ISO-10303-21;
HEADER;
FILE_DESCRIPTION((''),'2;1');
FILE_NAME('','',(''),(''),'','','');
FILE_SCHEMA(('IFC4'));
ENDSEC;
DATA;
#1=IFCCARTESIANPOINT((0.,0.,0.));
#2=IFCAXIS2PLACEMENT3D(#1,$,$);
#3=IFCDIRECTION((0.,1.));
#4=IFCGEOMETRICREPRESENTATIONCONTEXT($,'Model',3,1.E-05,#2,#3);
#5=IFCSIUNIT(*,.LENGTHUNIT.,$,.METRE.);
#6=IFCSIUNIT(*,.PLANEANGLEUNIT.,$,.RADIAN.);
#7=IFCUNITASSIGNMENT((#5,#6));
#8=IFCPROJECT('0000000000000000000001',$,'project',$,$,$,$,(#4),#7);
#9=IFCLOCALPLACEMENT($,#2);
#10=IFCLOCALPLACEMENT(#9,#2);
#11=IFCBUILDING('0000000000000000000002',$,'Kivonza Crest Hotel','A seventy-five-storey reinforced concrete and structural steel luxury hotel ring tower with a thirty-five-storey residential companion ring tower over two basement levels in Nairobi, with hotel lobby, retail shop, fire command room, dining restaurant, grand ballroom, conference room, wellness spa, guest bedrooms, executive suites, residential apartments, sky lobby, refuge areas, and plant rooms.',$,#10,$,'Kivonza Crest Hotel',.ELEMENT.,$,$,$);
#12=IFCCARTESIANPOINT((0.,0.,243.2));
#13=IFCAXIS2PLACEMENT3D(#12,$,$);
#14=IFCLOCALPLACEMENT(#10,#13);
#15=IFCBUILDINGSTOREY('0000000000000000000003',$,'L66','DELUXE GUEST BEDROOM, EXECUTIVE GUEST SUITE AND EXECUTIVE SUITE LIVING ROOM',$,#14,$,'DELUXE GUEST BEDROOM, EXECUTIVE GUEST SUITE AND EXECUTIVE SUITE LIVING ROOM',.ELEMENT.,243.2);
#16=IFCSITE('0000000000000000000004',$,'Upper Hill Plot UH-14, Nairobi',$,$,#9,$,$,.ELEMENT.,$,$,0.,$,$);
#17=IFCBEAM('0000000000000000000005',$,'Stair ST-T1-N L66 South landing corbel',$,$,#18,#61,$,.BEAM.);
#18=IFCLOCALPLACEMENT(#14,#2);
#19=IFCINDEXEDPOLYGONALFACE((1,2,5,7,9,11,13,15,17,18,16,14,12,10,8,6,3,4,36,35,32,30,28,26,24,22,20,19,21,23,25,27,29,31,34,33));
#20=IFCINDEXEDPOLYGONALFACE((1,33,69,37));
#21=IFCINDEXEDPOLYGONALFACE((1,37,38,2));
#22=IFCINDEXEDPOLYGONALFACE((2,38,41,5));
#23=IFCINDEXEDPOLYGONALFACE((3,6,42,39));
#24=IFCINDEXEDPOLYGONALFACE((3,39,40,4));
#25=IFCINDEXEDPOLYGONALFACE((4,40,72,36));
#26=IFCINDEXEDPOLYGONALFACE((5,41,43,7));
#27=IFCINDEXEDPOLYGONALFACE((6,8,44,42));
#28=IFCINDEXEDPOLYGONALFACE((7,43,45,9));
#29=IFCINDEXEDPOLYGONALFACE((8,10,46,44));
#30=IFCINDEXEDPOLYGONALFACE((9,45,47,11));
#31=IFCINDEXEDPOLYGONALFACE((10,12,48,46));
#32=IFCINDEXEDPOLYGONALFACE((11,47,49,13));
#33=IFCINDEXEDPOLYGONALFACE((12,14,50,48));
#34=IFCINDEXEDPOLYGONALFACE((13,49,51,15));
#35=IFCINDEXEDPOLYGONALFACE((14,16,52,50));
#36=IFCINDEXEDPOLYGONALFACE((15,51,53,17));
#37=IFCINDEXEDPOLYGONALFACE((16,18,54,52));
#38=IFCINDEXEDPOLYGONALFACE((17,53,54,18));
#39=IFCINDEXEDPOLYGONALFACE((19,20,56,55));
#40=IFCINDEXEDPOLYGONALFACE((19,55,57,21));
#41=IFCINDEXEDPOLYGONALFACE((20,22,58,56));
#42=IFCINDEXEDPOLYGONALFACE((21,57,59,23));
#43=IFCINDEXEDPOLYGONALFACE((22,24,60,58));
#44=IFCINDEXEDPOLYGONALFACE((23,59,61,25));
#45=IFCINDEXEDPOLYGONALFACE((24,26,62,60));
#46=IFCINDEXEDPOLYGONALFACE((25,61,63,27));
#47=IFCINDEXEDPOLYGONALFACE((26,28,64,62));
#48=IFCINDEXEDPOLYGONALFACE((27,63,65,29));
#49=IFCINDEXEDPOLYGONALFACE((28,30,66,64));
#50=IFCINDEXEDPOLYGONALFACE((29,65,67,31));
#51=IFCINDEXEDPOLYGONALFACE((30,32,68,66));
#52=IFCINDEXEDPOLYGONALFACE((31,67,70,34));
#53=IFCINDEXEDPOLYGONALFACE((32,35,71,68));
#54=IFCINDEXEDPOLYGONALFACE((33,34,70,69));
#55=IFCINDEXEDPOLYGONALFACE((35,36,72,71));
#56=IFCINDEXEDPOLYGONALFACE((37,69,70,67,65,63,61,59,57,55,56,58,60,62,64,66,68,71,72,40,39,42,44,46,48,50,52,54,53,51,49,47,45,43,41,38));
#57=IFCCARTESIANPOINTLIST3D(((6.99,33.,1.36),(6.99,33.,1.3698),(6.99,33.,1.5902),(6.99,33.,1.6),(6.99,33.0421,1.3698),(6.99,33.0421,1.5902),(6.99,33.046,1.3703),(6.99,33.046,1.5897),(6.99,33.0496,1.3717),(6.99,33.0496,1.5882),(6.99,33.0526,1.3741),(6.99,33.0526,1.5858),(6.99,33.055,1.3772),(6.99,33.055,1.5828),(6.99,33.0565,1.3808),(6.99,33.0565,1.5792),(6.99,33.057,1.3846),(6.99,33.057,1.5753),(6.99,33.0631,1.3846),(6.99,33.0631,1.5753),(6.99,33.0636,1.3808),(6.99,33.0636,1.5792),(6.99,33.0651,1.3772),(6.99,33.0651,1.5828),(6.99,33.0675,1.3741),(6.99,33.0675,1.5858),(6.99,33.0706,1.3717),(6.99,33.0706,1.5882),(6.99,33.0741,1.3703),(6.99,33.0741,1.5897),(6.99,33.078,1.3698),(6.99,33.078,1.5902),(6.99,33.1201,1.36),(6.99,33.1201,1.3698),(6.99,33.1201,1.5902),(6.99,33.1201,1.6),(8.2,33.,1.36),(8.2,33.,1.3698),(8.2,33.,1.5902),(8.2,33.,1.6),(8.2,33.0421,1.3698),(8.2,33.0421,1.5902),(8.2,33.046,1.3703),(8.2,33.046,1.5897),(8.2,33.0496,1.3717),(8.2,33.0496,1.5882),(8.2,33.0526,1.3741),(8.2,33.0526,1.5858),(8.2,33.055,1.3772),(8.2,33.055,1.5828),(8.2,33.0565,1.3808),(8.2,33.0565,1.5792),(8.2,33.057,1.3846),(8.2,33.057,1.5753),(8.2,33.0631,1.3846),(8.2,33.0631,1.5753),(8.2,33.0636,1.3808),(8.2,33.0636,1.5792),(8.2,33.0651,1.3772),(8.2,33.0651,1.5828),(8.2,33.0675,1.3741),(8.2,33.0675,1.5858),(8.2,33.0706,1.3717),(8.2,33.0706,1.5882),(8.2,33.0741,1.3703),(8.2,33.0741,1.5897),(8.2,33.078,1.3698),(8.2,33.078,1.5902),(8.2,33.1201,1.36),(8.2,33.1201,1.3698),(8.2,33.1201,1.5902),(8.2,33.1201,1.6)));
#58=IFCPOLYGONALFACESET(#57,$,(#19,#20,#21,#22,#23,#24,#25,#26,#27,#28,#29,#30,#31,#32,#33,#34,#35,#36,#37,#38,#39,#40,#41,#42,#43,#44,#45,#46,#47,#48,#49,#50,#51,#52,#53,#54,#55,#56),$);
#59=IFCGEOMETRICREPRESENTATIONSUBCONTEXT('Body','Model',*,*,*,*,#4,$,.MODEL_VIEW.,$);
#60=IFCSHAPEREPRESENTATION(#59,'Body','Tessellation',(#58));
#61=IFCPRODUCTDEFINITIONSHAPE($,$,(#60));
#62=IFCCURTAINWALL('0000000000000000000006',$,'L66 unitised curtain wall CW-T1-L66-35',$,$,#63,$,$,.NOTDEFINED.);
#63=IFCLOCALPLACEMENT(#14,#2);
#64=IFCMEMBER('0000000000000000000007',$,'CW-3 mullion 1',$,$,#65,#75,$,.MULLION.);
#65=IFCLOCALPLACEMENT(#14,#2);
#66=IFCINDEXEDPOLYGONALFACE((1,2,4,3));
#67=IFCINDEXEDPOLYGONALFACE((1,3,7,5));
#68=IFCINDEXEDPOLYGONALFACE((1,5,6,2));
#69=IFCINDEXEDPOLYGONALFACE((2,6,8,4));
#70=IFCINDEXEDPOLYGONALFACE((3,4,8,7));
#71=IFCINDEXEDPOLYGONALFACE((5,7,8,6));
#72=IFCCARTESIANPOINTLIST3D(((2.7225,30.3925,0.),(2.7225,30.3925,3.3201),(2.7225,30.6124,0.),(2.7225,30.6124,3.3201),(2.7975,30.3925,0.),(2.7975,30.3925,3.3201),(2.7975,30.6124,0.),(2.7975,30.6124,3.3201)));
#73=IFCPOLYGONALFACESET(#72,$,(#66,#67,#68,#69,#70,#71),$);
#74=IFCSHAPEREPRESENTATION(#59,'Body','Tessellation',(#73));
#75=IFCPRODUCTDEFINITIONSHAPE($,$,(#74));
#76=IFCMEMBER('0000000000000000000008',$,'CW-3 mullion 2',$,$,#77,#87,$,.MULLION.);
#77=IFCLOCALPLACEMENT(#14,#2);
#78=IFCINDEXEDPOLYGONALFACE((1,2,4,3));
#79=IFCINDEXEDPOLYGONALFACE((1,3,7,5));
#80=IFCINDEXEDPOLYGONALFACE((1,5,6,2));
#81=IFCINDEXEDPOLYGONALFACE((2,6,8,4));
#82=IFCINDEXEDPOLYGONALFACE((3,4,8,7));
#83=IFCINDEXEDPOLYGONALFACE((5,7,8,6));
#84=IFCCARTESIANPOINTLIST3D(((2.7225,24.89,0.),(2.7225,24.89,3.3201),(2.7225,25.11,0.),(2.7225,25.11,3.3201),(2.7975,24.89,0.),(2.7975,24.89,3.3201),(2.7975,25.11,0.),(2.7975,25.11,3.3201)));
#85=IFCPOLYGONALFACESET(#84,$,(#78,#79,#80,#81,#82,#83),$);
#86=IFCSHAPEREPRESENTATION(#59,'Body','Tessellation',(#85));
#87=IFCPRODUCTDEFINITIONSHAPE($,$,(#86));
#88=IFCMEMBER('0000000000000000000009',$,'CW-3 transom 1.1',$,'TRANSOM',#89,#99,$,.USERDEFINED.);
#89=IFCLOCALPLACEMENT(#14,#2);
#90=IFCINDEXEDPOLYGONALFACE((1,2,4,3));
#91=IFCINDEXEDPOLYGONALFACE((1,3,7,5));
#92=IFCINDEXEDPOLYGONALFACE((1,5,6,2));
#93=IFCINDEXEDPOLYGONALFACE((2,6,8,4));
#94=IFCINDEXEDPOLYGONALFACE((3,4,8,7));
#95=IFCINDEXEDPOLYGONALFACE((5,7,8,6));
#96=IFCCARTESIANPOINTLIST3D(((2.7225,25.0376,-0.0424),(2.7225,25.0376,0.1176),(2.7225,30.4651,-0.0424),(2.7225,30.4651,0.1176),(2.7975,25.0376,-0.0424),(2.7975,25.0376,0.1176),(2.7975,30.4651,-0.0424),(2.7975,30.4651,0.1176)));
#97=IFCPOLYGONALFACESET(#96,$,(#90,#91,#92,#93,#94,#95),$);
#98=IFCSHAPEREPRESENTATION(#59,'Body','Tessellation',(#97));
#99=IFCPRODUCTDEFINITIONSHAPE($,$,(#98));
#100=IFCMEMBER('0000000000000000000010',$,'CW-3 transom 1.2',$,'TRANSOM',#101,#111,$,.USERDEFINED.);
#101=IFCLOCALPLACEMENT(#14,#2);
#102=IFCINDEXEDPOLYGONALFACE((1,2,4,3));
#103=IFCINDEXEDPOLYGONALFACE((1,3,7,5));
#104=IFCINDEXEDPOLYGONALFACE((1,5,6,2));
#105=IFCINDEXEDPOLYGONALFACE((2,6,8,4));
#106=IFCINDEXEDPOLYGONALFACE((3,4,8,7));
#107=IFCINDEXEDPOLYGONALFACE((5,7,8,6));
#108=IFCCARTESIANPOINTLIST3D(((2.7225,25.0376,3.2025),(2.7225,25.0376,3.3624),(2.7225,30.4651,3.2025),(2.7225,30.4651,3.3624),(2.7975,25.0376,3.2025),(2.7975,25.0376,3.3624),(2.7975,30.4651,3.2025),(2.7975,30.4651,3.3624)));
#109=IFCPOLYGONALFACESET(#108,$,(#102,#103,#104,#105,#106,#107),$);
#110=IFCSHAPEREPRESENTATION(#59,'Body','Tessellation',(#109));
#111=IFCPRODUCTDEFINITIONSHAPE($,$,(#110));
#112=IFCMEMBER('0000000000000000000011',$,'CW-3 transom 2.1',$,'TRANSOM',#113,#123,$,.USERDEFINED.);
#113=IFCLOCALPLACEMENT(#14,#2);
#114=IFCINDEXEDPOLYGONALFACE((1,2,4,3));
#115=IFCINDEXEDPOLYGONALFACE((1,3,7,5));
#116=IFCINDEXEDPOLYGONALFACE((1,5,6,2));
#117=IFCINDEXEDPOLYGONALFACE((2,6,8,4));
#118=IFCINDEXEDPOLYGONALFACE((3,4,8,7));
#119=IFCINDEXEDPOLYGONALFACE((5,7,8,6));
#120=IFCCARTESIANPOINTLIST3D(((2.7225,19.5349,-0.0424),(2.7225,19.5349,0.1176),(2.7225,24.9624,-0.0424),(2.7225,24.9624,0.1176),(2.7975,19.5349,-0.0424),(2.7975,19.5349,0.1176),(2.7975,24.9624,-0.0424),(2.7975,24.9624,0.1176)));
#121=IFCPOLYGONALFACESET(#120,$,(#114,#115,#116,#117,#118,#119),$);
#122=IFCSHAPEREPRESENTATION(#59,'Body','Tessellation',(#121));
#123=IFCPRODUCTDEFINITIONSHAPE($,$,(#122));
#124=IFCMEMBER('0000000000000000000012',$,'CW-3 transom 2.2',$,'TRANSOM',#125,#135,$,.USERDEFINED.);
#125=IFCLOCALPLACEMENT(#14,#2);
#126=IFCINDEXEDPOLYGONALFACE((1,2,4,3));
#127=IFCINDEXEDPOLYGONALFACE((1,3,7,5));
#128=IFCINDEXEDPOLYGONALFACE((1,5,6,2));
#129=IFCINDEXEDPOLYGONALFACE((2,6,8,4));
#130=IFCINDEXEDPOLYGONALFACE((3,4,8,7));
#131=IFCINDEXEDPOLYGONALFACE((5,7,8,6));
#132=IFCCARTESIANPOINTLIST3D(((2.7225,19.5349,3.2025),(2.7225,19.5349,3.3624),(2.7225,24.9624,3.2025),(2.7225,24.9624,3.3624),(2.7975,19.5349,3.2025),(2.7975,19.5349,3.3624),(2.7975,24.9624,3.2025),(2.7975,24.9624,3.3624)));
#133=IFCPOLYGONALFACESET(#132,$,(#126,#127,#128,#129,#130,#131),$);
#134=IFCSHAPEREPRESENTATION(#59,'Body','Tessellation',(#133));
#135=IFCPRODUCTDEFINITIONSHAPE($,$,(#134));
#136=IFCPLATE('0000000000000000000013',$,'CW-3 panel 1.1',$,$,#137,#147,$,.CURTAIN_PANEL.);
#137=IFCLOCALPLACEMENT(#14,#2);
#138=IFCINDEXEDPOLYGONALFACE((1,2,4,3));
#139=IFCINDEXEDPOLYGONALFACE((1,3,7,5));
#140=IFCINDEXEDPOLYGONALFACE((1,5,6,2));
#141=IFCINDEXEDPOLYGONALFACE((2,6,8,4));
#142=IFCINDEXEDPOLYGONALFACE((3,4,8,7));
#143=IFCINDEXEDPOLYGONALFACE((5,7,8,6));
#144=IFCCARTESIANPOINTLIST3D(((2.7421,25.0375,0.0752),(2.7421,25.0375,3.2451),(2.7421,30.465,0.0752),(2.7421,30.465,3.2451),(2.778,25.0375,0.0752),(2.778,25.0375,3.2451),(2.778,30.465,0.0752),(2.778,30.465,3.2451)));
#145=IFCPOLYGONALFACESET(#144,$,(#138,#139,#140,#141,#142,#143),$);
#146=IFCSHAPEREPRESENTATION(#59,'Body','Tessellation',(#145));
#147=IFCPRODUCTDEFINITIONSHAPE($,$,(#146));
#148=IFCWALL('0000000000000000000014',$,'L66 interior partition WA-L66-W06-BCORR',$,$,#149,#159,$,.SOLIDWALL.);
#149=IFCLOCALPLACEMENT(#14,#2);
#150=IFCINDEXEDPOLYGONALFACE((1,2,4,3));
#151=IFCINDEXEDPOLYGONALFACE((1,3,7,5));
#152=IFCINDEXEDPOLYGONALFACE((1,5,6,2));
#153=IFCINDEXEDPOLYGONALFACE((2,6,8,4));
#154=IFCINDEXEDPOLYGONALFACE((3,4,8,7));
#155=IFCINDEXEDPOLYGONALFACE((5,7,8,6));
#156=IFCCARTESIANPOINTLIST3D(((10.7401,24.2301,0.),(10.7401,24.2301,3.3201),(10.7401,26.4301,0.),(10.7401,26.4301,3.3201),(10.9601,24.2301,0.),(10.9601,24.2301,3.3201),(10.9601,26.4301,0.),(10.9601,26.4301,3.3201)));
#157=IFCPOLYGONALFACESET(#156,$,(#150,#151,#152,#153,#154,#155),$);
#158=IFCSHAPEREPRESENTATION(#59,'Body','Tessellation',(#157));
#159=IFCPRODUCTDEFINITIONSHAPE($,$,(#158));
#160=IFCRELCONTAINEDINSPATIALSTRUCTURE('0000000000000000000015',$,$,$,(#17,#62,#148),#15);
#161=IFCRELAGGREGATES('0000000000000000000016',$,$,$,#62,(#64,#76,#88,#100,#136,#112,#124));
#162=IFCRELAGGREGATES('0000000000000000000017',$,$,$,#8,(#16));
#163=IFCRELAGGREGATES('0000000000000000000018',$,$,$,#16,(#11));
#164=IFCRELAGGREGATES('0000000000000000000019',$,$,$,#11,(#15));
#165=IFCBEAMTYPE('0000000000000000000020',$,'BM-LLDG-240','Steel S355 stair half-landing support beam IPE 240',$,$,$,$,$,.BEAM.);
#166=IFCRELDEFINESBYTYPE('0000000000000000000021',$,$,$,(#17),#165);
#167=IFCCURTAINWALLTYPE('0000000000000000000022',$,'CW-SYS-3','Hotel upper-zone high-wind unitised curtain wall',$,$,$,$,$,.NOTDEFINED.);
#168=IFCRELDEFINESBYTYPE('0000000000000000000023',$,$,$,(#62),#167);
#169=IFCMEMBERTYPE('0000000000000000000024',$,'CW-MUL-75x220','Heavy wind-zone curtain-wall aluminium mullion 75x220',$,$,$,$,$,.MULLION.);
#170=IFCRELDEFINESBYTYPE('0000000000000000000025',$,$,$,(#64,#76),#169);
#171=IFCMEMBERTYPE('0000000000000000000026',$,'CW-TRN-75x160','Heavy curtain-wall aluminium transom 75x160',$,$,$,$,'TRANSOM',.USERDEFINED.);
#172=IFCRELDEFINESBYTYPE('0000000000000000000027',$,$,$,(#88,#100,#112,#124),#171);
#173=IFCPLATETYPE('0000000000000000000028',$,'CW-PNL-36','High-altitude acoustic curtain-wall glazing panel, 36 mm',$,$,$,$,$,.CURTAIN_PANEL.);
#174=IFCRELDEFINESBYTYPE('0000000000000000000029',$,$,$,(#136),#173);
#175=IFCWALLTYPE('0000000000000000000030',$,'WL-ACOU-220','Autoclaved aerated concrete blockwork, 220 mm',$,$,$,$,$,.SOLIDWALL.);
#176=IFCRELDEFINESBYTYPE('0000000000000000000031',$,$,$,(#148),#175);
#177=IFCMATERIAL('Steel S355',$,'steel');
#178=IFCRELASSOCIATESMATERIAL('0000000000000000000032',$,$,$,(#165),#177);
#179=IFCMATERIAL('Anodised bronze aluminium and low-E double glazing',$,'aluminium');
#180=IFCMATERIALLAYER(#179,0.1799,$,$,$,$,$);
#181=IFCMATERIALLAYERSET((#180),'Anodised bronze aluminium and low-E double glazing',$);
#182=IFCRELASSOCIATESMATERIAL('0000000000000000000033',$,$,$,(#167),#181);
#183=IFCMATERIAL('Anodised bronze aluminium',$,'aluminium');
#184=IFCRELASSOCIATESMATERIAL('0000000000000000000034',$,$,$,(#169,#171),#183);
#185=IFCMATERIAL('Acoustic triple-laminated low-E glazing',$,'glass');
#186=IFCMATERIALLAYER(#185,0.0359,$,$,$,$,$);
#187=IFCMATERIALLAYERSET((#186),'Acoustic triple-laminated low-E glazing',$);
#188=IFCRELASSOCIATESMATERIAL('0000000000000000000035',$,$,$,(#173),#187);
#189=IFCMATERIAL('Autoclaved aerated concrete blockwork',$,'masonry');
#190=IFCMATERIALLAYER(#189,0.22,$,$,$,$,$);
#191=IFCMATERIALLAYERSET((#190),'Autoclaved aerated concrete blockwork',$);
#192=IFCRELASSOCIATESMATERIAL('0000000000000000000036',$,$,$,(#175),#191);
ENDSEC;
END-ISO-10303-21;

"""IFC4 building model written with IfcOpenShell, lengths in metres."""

from ifc_helpers import new_model, si_unit, direction, frame, frame_2d, origin, origin_2d, place, context, subcontext, project, spatial, rectangle, i_section, extrude, material, layer, layer_set, material_profile, profile_set, type_object, element, aggregate, save


model = new_model("IFC4")

# Units and contexts
model_context = context("Model", 3, precision=1e-05, world=origin(), true_north=direction((0.0, 1.0)))
body_context = subcontext(model_context, "Body", "Model", "MODEL_VIEW")
ifc_project = project(units=[si_unit("LENGTHUNIT", "METRE"), si_unit("PLANEANGLEUNIT", "RADIAN")], contexts=[model_context])

# Site, building, storey
site_placement = place(None, origin())
site = spatial("IfcSite", under=ifc_project, at=site_placement, Name="Upper Hill Plot UH-14, Nairobi", CompositionType="ELEMENT", RefElevation=0.0)
building_placement = place(site_placement, origin())
building = spatial("IfcBuilding", under=site, at=building_placement, Name="Kivonza Crest Hotel", Description="A seventy-five-storey reinforced concrete and structural steel luxury hotel ring tower with a thirty-five-storey residential companion ring tower over two basement levels in Nairobi, with hotel lobby, retail shop, fire command room, dining restaurant, grand ballroom, conference room, wellness spa, guest bedrooms, executive suites, residential apartments, sky lobby, refuge areas, and plant rooms.", LongName="Kivonza Crest Hotel", CompositionType="ELEMENT")
storey_placement = place(building_placement, frame((0.0, 0.0, 243.2)))
storey = spatial("IfcBuildingStorey", under=building, at=storey_placement, Name="L66", Description="DELUXE GUEST BEDROOM, EXECUTIVE GUEST SUITE AND EXECUTIVE SUITE LIVING ROOM", LongName="DELUXE GUEST BEDROOM, EXECUTIVE GUEST SUITE AND EXECUTIVE SUITE LIVING ROOM", CompositionType="ELEMENT", Elevation=243.2)

# Beam
ifc_material_1 = material(Name="Steel S355", Category="steel")
ifc_material_profile_1 = material_profile(ifc_material_1, i_section(OverallWidth=0.1201, OverallDepth=0.24, WebThickness=0.0061, FlangeThickness=0.0098, FilletRadius=0.0149, at=origin_2d()), Name="IPE 240")
ifc_profile_set_1 = profile_set([ifc_material_profile_1], Name="Steel S355")
beam_type_1 = type_object("IfcBeamType", Name="BM-LLDG-240", Description="Steel S355 stair half-landing support beam IPE 240", PredefinedType="BEAM", material=ifc_profile_set_1)
beam_1_placement = place(storey_placement, frame((6.99, 33.0601, 1.48), z_axis=(1.0, 0.0, 0.0), x_axis=(0.0, 1.0, 0.0)))
element("IfcBeam", 1, at=beam_1_placement, inside=storey, type_object=beam_type_1, Name="Stair ST-T1-N L66 South landing corbel", PredefinedType="BEAM", context=body_context, shape_type="SweptSolid", body=[
    extrude(i_section(OverallWidth=0.1201, OverallDepth=0.24, WebThickness=0.0061, FlangeThickness=0.0098, FilletRadius=0.0149, at=origin_2d()), origin(), (0.0, 0.0, 1.0), 1.21),
])

# Curtain wall, members, plate
ifc_material_2 = material(Name="Anodised bronze aluminium and low-E double glazing", Category="aluminium")
ifc_layer_1 = layer(ifc_material_2, 0.1799)
ifc_layer_set_1 = layer_set([ifc_layer_1], Name="Anodised bronze aluminium and low-E double glazing")
curtain_wall_type = type_object("IfcCurtainWallType", Name="CW-SYS-3", Description="Hotel upper-zone high-wind unitised curtain wall", PredefinedType="NOTDEFINED", material=ifc_layer_set_1)
curtain_wall_placement = place(storey_placement, origin())
curtain_wall = element("IfcCurtainWall", 2, at=curtain_wall_placement, inside=storey, type_object=curtain_wall_type, Name="L66 unitised curtain wall CW-T1-L66-35", PredefinedType="NOTDEFINED")
ifc_material_3 = material(Name="Anodised bronze aluminium", Category="aluminium")
ifc_material_profile_2 = material_profile(ifc_material_3, rectangle(XDim=0.075, YDim=0.22, at=origin_2d()), Name="CW-M 75x220")
ifc_profile_set_2 = profile_set([ifc_material_profile_2], Name="Anodised bronze aluminium")
member_type_1 = type_object("IfcMemberType", Name="CW-MUL-75x220", Description="Heavy wind-zone curtain-wall aluminium mullion 75x220", PredefinedType="MULLION", material=ifc_profile_set_2)
member_1_placement = place(storey_placement, frame((2.76, 30.5024, 0.0), z_axis=(0.0, 0.0, 1.0), x_axis=(1.0, 0.0, 0.0)))
member_1 = element("IfcMember", 3, at=member_1_placement, type_object=member_type_1, Name="CW-3 mullion 1", PredefinedType="MULLION", context=body_context, shape_type="SweptSolid", body=[
    extrude(rectangle(XDim=0.075, YDim=0.22, at=origin_2d()), origin(), (0.0, 0.0, 1.0), 3.3201),
])
member_2_placement = place(storey_placement, frame((2.76, 25.0, 0.0), z_axis=(0.0, 0.0, 1.0), x_axis=(1.0, 0.0, 0.0)))
member_2 = element("IfcMember", 4, at=member_2_placement, type_object=member_type_1, Name="CW-3 mullion 2", PredefinedType="MULLION", context=body_context, shape_type="SweptSolid", body=[
    extrude(rectangle(XDim=0.075, YDim=0.22, at=origin_2d()), origin(), (0.0, 0.0, 1.0), 3.3201),
])
ifc_material_profile_3 = material_profile(ifc_material_3, rectangle(XDim=0.075, YDim=0.1599, at=origin_2d()), Name="CW-T 75x160")
ifc_profile_set_3 = profile_set([ifc_material_profile_3], Name="Anodised bronze aluminium")
member_type_2 = type_object("IfcMemberType", Name="CW-TRN-75x160", Description="Heavy curtain-wall aluminium transom 75x160", ElementType="TRANSOM", PredefinedType="USERDEFINED", material=ifc_profile_set_3)
member_3_placement = place(storey_placement, frame((2.76, 30.4651, 0.0376), z_axis=(0.0, -1.0, 0.0), x_axis=(1.0, 0.0, 0.0)))
member_3 = element("IfcMember", 5, at=member_3_placement, type_object=member_type_2, Name="CW-3 transom 1.1", ObjectType="TRANSOM", PredefinedType="USERDEFINED", context=body_context, shape_type="SweptSolid", body=[
    extrude(rectangle(XDim=0.075, YDim=0.1599, at=origin_2d()), origin(), (0.0, 0.0, 1.0), 5.4275),
])
member_4_placement = place(storey_placement, frame((2.76, 30.4651, 3.2825), z_axis=(0.0, -1.0, 0.0), x_axis=(1.0, 0.0, 0.0)))
member_4 = element("IfcMember", 6, at=member_4_placement, type_object=member_type_2, Name="CW-3 transom 1.2", ObjectType="TRANSOM", PredefinedType="USERDEFINED", context=body_context, shape_type="SweptSolid", body=[
    extrude(rectangle(XDim=0.075, YDim=0.1599, at=origin_2d()), origin(), (0.0, 0.0, 1.0), 5.4275),
])
member_5_placement = place(storey_placement, frame((2.76, 24.9624, 0.0376), z_axis=(0.0, -1.0, 0.0), x_axis=(1.0, 0.0, 0.0)))
member_5 = element("IfcMember", 7, at=member_5_placement, type_object=member_type_2, Name="CW-3 transom 2.1", ObjectType="TRANSOM", PredefinedType="USERDEFINED", context=body_context, shape_type="SweptSolid", body=[
    extrude(rectangle(XDim=0.075, YDim=0.1599, at=origin_2d()), origin(), (0.0, 0.0, 1.0), 5.4275),
])
member_6_placement = place(storey_placement, frame((2.76, 24.9624, 3.2825), z_axis=(0.0, -1.0, 0.0), x_axis=(1.0, 0.0, 0.0)))
member_6 = element("IfcMember", 8, at=member_6_placement, type_object=member_type_2, Name="CW-3 transom 2.2", ObjectType="TRANSOM", PredefinedType="USERDEFINED", context=body_context, shape_type="SweptSolid", body=[
    extrude(rectangle(XDim=0.075, YDim=0.1599, at=origin_2d()), origin(), (0.0, 0.0, 1.0), 5.4275),
])
ifc_material_4 = material(Name="Acoustic triple-laminated low-E glazing", Category="glass")
ifc_layer_2 = layer(ifc_material_4, 0.0359)
ifc_layer_set_2 = layer_set([ifc_layer_2], Name="Acoustic triple-laminated low-E glazing")
plate_type = type_object("IfcPlateType", Name="CW-PNL-36", Description="High-altitude acoustic curtain-wall glazing panel, 36 mm", PredefinedType="CURTAIN_PANEL", material=ifc_layer_set_2)
plate_placement = place(storey_placement, frame((2.76, 27.7512, 0.0752), z_axis=(0.0, 0.0, 1.0), x_axis=(0.0, -1.0, 0.0)))
plate = element("IfcPlate", 9, at=plate_placement, type_object=plate_type, Name="CW-3 panel 1.1", PredefinedType="CURTAIN_PANEL", context=body_context, shape_type="SweptSolid", body=[
    extrude(rectangle(XDim=5.4275, YDim=0.0359, at=origin_2d()), origin(), (0.0, 0.0, 1.0), 3.1699),
])
aggregate(curtain_wall, [member_1, member_2, member_3, member_4, plate, member_5, member_6])

# Wall
ifc_material_5 = material(Name="Autoclaved aerated concrete blockwork", Category="masonry")
ifc_layer_3 = layer(ifc_material_5, 0.22)
ifc_layer_set_3 = layer_set([ifc_layer_3], Name="Autoclaved aerated concrete blockwork")
wall_type_1 = type_object("IfcWallType", Name="WL-ACOU-220", Description="Autoclaved aerated concrete blockwork, 220 mm", PredefinedType="SOLIDWALL", material=ifc_layer_set_3)
wall_1_placement = place(storey_placement, frame((10.8501, 24.23, 0.0), z_axis=(0.0, 0.0, 1.0), x_axis=(0.0, 1.0, 0.0)))
element("IfcWall", 10, at=wall_1_placement, inside=storey, type_object=wall_type_1, Name="L66 interior partition WA-L66-W06-BCORR", PredefinedType="SOLIDWALL", context=body_context, shape_type="SweptSolid", body=[
    extrude(rectangle(XDim=2.2, YDim=0.22, at=frame_2d((1.1001, 0.0))), origin(), (0.0, 0.0, 1.0), 3.3201),
])

save(model, "model.ifc")
